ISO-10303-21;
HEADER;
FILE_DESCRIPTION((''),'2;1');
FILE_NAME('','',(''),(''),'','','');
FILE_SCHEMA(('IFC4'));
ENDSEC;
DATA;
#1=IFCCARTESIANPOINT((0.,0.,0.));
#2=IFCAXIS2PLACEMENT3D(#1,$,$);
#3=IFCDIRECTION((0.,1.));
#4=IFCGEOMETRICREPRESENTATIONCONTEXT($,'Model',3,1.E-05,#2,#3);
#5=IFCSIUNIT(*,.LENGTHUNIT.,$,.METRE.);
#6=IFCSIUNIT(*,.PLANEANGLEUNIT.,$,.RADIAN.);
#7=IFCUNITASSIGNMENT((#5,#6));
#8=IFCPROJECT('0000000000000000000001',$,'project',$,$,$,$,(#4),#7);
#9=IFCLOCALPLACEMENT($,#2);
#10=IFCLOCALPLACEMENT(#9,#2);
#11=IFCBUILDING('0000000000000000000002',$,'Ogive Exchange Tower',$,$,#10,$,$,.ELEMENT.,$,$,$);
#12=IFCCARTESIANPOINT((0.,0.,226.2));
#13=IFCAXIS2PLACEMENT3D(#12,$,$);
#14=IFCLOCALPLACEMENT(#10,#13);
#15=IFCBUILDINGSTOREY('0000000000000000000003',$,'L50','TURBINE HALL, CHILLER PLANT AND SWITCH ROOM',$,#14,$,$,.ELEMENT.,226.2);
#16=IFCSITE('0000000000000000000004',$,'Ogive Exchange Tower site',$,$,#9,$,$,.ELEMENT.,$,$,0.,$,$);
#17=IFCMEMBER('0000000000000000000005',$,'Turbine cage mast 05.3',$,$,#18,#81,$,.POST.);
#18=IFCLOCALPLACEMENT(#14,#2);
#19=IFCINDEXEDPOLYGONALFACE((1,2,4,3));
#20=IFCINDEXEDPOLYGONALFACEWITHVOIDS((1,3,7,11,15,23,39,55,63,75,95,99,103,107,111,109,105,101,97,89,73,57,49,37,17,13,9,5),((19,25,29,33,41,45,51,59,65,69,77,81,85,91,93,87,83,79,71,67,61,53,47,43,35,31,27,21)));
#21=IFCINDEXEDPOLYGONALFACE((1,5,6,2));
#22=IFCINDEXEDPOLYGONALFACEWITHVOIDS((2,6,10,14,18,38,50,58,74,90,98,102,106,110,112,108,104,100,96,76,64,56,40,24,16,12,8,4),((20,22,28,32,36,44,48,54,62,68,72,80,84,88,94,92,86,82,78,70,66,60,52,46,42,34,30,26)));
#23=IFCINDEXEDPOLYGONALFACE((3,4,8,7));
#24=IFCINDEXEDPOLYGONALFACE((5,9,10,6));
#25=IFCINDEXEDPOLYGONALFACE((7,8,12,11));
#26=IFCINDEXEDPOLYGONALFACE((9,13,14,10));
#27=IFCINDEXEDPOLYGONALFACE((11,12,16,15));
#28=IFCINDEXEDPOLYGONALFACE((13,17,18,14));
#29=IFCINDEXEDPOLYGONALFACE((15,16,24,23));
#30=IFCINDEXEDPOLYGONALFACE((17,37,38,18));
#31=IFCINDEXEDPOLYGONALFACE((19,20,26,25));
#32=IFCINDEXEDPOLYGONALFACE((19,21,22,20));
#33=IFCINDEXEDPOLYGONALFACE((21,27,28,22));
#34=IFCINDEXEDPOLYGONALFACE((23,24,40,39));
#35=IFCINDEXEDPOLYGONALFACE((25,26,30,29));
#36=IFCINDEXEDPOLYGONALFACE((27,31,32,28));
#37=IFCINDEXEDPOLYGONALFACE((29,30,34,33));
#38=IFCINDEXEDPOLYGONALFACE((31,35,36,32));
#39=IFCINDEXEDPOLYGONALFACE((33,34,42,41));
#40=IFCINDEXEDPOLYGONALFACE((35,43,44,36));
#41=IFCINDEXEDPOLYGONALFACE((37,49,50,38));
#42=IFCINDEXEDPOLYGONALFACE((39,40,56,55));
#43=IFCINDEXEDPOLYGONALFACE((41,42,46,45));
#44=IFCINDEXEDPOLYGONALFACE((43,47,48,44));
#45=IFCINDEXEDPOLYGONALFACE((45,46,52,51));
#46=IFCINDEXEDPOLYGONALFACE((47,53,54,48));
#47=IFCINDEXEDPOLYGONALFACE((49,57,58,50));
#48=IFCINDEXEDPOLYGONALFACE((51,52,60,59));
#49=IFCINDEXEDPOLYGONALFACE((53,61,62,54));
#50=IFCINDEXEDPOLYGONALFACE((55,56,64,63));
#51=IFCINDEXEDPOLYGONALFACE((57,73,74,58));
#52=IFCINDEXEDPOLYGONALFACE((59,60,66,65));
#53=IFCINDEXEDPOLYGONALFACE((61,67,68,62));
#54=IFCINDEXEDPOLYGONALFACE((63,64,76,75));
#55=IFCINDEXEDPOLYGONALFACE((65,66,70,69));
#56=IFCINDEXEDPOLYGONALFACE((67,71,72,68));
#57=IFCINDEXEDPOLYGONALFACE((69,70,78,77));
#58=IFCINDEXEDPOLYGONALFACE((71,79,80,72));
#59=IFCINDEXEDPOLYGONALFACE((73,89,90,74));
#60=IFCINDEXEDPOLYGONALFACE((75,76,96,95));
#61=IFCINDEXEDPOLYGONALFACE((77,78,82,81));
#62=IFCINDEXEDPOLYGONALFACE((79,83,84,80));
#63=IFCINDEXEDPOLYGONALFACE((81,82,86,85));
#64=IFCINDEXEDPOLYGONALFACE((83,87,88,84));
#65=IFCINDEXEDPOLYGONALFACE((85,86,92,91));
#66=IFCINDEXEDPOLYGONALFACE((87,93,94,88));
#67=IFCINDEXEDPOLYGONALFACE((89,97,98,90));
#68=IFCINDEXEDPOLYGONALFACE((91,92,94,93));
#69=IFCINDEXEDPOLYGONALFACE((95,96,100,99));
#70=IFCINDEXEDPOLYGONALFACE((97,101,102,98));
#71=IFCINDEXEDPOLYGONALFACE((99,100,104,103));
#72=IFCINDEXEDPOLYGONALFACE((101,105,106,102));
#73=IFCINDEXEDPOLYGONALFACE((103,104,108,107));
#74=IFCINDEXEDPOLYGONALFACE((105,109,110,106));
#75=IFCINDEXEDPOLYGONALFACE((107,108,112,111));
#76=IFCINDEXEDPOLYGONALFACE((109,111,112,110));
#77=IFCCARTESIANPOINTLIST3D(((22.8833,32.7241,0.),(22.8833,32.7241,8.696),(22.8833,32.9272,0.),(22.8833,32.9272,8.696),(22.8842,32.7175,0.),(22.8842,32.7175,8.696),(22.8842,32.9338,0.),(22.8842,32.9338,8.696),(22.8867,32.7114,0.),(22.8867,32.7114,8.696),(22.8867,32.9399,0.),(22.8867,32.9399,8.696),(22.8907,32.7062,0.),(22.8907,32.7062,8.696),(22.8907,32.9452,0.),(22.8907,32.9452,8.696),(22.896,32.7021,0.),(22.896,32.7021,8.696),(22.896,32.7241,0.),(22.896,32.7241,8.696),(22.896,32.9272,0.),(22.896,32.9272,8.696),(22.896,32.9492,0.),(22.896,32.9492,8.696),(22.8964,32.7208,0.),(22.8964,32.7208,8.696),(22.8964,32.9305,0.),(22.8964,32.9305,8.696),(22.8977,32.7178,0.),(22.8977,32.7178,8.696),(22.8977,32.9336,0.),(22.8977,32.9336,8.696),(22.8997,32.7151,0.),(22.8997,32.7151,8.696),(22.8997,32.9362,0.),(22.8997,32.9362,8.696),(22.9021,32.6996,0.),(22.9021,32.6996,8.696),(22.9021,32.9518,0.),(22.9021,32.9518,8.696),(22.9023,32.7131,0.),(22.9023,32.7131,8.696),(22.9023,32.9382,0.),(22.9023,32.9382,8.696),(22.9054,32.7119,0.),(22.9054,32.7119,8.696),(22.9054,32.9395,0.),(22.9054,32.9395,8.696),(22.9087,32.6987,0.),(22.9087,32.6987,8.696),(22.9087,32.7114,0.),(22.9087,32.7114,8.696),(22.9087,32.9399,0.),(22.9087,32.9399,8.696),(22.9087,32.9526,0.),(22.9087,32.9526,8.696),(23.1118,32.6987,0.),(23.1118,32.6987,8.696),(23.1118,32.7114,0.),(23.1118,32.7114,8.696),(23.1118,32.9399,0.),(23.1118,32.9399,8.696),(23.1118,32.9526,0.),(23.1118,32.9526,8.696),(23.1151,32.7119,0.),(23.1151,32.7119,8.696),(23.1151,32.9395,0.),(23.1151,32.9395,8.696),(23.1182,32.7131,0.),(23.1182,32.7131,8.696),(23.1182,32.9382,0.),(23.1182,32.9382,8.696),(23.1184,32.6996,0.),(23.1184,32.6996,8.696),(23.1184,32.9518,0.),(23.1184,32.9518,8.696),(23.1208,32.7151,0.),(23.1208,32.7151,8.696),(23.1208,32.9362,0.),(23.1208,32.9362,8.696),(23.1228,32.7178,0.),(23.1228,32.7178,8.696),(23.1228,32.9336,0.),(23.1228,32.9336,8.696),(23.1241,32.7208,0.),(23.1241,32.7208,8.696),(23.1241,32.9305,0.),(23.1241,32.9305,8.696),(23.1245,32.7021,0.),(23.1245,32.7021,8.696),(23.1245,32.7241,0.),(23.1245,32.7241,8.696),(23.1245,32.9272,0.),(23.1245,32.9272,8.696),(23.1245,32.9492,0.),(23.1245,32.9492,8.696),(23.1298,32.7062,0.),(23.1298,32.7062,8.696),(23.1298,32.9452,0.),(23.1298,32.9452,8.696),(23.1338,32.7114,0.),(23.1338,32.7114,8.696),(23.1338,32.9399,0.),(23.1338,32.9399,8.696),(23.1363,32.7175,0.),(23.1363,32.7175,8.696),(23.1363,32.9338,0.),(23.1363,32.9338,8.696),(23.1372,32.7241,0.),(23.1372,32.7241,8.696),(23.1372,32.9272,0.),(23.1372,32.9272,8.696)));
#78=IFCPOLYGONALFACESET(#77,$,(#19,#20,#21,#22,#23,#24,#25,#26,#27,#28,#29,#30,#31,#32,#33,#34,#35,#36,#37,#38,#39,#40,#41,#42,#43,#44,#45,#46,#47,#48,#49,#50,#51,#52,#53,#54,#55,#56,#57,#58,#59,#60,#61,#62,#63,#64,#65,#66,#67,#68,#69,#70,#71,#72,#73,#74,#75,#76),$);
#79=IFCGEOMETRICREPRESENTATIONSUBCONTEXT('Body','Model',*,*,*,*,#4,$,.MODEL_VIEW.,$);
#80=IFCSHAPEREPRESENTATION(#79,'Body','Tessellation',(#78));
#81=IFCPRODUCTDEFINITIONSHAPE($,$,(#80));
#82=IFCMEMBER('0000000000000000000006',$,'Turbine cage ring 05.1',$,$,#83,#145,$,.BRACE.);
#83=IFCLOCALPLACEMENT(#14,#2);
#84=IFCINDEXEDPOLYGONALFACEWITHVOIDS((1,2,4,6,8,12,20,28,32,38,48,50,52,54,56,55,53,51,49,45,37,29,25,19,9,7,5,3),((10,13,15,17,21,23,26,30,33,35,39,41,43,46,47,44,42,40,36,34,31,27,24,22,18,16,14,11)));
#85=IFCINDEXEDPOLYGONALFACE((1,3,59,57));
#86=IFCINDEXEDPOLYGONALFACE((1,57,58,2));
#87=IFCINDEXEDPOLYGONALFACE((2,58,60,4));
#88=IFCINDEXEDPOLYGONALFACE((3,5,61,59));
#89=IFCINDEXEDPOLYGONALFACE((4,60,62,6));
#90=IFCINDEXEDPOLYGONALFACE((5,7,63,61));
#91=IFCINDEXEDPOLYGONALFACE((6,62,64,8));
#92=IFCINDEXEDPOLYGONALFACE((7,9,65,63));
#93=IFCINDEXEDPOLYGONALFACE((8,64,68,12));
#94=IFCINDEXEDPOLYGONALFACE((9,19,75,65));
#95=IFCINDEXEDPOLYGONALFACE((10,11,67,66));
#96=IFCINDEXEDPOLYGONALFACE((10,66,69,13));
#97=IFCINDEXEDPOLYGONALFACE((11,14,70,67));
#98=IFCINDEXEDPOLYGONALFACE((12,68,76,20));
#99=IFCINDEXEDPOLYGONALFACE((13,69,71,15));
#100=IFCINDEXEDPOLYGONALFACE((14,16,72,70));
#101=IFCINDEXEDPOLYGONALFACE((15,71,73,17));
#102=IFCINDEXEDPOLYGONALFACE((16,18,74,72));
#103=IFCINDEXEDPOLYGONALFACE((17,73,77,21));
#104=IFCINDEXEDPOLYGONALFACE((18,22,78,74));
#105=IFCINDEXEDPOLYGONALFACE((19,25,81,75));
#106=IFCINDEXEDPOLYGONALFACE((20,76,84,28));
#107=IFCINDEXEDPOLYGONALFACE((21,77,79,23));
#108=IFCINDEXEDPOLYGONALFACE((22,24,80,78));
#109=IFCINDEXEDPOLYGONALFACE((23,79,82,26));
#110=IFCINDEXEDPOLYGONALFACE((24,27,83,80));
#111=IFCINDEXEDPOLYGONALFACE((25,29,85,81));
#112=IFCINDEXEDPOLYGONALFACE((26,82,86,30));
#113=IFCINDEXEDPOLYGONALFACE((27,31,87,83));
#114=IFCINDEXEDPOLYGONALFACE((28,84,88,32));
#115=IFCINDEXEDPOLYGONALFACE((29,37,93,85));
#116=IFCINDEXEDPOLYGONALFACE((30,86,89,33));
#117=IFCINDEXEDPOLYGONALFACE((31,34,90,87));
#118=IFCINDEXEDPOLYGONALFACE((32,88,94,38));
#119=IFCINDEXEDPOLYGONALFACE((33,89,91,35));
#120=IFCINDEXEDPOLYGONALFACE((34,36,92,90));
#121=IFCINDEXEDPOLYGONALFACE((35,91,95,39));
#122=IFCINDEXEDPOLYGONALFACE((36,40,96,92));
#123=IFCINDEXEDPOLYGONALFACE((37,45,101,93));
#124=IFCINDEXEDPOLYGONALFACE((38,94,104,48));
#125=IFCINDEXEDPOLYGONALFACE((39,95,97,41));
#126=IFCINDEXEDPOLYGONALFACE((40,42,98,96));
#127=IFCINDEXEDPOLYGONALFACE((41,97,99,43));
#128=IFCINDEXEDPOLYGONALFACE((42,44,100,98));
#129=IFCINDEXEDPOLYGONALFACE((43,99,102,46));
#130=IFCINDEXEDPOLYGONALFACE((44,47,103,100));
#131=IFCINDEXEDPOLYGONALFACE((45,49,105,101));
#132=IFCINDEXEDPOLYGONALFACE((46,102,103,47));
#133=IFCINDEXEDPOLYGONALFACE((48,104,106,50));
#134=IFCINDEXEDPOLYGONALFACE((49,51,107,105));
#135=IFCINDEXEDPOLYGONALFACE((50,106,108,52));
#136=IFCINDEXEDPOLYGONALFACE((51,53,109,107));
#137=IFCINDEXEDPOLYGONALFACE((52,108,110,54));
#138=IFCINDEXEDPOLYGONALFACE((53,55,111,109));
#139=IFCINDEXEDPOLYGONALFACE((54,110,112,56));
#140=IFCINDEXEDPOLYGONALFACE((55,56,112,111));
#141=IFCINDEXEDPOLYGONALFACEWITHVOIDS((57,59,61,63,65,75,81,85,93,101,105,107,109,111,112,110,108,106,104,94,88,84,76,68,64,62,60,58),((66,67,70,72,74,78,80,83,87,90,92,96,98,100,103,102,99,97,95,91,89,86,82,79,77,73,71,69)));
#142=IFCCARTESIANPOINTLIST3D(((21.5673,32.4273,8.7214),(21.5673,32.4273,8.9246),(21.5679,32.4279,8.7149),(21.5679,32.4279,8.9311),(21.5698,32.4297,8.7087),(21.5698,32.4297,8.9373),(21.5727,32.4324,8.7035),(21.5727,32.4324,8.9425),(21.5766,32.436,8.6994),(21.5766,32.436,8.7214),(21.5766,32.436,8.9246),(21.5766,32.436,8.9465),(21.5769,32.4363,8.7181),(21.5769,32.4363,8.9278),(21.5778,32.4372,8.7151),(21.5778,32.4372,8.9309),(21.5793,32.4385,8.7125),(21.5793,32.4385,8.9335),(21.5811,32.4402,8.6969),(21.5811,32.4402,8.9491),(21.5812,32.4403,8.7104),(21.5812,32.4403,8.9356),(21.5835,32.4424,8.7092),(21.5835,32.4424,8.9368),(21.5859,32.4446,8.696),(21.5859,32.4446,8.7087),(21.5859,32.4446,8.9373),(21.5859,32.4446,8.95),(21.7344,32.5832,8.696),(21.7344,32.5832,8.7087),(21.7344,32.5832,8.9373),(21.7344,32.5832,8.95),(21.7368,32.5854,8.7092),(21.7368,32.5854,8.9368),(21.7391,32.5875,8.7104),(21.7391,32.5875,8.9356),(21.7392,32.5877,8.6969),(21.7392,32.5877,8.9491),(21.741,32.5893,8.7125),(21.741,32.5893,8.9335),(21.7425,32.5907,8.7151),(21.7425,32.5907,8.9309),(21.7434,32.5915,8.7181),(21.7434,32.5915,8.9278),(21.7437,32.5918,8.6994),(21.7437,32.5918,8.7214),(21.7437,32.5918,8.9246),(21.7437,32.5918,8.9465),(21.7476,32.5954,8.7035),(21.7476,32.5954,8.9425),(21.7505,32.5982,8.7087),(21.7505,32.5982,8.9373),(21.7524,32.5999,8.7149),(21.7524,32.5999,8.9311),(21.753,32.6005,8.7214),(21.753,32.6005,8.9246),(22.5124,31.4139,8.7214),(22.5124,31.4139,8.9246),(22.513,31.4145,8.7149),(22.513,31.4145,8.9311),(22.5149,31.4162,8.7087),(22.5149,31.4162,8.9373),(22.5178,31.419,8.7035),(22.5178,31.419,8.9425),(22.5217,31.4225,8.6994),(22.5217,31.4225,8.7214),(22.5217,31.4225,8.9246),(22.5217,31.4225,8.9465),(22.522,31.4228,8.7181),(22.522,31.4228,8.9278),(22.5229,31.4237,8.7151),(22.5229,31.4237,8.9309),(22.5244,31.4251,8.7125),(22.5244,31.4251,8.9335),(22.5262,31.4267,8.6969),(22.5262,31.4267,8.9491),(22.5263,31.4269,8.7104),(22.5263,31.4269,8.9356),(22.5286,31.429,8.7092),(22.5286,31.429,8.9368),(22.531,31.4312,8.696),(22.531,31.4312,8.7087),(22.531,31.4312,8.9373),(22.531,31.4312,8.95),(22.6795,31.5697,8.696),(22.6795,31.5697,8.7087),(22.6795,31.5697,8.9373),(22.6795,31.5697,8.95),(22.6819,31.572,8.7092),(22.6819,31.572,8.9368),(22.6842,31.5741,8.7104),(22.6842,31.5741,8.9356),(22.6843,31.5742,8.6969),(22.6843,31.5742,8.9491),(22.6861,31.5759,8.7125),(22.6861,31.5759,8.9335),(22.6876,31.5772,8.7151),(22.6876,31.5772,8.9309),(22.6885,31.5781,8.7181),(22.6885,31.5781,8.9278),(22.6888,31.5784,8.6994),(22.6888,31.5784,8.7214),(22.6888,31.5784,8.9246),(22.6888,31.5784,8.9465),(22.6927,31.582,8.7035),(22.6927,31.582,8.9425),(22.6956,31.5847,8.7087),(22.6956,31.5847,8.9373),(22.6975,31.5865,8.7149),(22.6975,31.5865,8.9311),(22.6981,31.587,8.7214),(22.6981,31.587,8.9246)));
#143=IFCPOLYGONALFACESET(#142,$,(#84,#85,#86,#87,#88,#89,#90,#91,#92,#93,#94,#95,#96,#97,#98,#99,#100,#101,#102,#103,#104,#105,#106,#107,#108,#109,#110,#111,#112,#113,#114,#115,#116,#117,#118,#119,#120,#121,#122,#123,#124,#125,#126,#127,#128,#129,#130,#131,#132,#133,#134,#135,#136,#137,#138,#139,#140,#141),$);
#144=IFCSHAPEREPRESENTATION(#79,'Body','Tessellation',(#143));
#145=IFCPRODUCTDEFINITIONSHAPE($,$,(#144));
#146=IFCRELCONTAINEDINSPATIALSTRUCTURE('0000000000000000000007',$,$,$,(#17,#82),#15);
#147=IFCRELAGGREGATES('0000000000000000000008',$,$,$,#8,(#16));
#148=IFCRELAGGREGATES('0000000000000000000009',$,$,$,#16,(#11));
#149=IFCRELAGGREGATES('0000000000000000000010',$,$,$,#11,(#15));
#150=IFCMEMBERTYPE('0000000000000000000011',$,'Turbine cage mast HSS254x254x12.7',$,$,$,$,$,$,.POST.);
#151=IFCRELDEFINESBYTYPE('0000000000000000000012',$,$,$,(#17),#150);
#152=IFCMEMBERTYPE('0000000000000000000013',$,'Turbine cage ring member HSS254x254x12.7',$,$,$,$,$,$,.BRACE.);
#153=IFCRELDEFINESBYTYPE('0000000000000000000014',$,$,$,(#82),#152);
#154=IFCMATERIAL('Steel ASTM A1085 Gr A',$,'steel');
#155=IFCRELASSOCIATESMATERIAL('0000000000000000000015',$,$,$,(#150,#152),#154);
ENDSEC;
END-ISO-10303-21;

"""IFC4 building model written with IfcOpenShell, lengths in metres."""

from ifc_helpers import new_model, si_unit, direction, frame, origin, origin_2d, place, context, subcontext, project, spatial, hollow_rectangle, extrude, material, material_profile, profile_set, type_object, element, save


model = new_model("IFC4")

# Units and contexts
model_context = context("Model", 3, precision=1e-05, world=origin(), true_north=direction((0.0, 1.0)))
body_context = subcontext(model_context, "Body", "Model", "MODEL_VIEW")
ifc_project = project(units=[si_unit("LENGTHUNIT", "METRE"), si_unit("PLANEANGLEUNIT", "RADIAN")], contexts=[model_context])

# Site, building, storey
site_placement = place(None, origin())
site = spatial("IfcSite", under=ifc_project, at=site_placement, Name="Ogive Exchange Tower site", CompositionType="ELEMENT", RefElevation=0.0)
building_placement = place(site_placement, origin())
building = spatial("IfcBuilding", under=site, at=building_placement, Name="Ogive Exchange Tower", CompositionType="ELEMENT")
storey_placement = place(building_placement, frame((0.0, 0.0, 226.2)))
storey = spatial("IfcBuildingStorey", under=building, at=storey_placement, Name="L50", Description="TURBINE HALL, CHILLER PLANT AND SWITCH ROOM", CompositionType="ELEMENT", Elevation=226.2)

# Shared definitions
ifc_material_1 = material(Name="Steel ASTM A1085 Gr A", Category="steel")

# Members
ifc_material_profile_1 = material_profile(ifc_material_1, hollow_rectangle(XDim=0.2539, YDim=0.2539, WallThickness=0.0127, InnerFilletRadius=0.0127, OuterFilletRadius=0.0254, at=origin_2d()), Name="HSS254x254x12.7")
ifc_profile_set_1 = profile_set([ifc_material_profile_1], Name="Steel ASTM A1085 Gr A")
member_type_1 = type_object("IfcMemberType", Name="Turbine cage mast HSS254x254x12.7", PredefinedType="POST", material=ifc_profile_set_1)
for number, where, z_axis, x_axis, name in (
    (1, (23.0103, 32.8257, 0.0), (0.0, 0.0, 1.0), (1.0, 0.0, 0.0), "Turbine cage mast 05.3"),
):
    element("IfcMember", number, at=place(storey_placement, frame(where, z_axis=z_axis, x_axis=x_axis)), inside=storey, type_object=member_type_1, Name=name, PredefinedType="POST", context=body_context, shape_type="SweptSolid", body=[
        extrude(hollow_rectangle(XDim=0.2539, YDim=0.2539, WallThickness=0.0127, InnerFilletRadius=0.0127, OuterFilletRadius=0.0254, at=origin_2d()), origin(), (0.0, 0.0, 1.0), 8.696),
    ])
ifc_material_profile_2 = material_profile(ifc_material_1, hollow_rectangle(XDim=0.2539, YDim=0.2539, WallThickness=0.0127, InnerFilletRadius=0.0127, OuterFilletRadius=0.0254, at=origin_2d()), Name="HSS254x254x12.7")
ifc_profile_set_2 = profile_set([ifc_material_profile_2], Name="Steel ASTM A1085 Gr A")
member_type_2 = type_object("IfcMemberType", Name="Turbine cage ring member HSS254x254x12.7", PredefinedType="BRACE", material=ifc_profile_set_2)
for number, where, z_axis, x_axis, name in (
    (2, (21.6602, 32.5139, 8.823), (0.682011, -0.731342, 0.0), (0.731342, 0.682011, 0.0), "Turbine cage ring 05.1"),
):
    element("IfcMember", number, at=place(storey_placement, frame(where, z_axis=z_axis, x_axis=x_axis)), inside=storey, type_object=member_type_2, Name=name, PredefinedType="BRACE", context=body_context, shape_type="SweptSolid", body=[
        extrude(hollow_rectangle(XDim=0.2539, YDim=0.2539, WallThickness=0.0127, InnerFilletRadius=0.0127, OuterFilletRadius=0.0254, at=origin_2d()), origin(), (0.0, 0.0, 1.0), 1.3857),
    ])

save(model, "model.ifc")
